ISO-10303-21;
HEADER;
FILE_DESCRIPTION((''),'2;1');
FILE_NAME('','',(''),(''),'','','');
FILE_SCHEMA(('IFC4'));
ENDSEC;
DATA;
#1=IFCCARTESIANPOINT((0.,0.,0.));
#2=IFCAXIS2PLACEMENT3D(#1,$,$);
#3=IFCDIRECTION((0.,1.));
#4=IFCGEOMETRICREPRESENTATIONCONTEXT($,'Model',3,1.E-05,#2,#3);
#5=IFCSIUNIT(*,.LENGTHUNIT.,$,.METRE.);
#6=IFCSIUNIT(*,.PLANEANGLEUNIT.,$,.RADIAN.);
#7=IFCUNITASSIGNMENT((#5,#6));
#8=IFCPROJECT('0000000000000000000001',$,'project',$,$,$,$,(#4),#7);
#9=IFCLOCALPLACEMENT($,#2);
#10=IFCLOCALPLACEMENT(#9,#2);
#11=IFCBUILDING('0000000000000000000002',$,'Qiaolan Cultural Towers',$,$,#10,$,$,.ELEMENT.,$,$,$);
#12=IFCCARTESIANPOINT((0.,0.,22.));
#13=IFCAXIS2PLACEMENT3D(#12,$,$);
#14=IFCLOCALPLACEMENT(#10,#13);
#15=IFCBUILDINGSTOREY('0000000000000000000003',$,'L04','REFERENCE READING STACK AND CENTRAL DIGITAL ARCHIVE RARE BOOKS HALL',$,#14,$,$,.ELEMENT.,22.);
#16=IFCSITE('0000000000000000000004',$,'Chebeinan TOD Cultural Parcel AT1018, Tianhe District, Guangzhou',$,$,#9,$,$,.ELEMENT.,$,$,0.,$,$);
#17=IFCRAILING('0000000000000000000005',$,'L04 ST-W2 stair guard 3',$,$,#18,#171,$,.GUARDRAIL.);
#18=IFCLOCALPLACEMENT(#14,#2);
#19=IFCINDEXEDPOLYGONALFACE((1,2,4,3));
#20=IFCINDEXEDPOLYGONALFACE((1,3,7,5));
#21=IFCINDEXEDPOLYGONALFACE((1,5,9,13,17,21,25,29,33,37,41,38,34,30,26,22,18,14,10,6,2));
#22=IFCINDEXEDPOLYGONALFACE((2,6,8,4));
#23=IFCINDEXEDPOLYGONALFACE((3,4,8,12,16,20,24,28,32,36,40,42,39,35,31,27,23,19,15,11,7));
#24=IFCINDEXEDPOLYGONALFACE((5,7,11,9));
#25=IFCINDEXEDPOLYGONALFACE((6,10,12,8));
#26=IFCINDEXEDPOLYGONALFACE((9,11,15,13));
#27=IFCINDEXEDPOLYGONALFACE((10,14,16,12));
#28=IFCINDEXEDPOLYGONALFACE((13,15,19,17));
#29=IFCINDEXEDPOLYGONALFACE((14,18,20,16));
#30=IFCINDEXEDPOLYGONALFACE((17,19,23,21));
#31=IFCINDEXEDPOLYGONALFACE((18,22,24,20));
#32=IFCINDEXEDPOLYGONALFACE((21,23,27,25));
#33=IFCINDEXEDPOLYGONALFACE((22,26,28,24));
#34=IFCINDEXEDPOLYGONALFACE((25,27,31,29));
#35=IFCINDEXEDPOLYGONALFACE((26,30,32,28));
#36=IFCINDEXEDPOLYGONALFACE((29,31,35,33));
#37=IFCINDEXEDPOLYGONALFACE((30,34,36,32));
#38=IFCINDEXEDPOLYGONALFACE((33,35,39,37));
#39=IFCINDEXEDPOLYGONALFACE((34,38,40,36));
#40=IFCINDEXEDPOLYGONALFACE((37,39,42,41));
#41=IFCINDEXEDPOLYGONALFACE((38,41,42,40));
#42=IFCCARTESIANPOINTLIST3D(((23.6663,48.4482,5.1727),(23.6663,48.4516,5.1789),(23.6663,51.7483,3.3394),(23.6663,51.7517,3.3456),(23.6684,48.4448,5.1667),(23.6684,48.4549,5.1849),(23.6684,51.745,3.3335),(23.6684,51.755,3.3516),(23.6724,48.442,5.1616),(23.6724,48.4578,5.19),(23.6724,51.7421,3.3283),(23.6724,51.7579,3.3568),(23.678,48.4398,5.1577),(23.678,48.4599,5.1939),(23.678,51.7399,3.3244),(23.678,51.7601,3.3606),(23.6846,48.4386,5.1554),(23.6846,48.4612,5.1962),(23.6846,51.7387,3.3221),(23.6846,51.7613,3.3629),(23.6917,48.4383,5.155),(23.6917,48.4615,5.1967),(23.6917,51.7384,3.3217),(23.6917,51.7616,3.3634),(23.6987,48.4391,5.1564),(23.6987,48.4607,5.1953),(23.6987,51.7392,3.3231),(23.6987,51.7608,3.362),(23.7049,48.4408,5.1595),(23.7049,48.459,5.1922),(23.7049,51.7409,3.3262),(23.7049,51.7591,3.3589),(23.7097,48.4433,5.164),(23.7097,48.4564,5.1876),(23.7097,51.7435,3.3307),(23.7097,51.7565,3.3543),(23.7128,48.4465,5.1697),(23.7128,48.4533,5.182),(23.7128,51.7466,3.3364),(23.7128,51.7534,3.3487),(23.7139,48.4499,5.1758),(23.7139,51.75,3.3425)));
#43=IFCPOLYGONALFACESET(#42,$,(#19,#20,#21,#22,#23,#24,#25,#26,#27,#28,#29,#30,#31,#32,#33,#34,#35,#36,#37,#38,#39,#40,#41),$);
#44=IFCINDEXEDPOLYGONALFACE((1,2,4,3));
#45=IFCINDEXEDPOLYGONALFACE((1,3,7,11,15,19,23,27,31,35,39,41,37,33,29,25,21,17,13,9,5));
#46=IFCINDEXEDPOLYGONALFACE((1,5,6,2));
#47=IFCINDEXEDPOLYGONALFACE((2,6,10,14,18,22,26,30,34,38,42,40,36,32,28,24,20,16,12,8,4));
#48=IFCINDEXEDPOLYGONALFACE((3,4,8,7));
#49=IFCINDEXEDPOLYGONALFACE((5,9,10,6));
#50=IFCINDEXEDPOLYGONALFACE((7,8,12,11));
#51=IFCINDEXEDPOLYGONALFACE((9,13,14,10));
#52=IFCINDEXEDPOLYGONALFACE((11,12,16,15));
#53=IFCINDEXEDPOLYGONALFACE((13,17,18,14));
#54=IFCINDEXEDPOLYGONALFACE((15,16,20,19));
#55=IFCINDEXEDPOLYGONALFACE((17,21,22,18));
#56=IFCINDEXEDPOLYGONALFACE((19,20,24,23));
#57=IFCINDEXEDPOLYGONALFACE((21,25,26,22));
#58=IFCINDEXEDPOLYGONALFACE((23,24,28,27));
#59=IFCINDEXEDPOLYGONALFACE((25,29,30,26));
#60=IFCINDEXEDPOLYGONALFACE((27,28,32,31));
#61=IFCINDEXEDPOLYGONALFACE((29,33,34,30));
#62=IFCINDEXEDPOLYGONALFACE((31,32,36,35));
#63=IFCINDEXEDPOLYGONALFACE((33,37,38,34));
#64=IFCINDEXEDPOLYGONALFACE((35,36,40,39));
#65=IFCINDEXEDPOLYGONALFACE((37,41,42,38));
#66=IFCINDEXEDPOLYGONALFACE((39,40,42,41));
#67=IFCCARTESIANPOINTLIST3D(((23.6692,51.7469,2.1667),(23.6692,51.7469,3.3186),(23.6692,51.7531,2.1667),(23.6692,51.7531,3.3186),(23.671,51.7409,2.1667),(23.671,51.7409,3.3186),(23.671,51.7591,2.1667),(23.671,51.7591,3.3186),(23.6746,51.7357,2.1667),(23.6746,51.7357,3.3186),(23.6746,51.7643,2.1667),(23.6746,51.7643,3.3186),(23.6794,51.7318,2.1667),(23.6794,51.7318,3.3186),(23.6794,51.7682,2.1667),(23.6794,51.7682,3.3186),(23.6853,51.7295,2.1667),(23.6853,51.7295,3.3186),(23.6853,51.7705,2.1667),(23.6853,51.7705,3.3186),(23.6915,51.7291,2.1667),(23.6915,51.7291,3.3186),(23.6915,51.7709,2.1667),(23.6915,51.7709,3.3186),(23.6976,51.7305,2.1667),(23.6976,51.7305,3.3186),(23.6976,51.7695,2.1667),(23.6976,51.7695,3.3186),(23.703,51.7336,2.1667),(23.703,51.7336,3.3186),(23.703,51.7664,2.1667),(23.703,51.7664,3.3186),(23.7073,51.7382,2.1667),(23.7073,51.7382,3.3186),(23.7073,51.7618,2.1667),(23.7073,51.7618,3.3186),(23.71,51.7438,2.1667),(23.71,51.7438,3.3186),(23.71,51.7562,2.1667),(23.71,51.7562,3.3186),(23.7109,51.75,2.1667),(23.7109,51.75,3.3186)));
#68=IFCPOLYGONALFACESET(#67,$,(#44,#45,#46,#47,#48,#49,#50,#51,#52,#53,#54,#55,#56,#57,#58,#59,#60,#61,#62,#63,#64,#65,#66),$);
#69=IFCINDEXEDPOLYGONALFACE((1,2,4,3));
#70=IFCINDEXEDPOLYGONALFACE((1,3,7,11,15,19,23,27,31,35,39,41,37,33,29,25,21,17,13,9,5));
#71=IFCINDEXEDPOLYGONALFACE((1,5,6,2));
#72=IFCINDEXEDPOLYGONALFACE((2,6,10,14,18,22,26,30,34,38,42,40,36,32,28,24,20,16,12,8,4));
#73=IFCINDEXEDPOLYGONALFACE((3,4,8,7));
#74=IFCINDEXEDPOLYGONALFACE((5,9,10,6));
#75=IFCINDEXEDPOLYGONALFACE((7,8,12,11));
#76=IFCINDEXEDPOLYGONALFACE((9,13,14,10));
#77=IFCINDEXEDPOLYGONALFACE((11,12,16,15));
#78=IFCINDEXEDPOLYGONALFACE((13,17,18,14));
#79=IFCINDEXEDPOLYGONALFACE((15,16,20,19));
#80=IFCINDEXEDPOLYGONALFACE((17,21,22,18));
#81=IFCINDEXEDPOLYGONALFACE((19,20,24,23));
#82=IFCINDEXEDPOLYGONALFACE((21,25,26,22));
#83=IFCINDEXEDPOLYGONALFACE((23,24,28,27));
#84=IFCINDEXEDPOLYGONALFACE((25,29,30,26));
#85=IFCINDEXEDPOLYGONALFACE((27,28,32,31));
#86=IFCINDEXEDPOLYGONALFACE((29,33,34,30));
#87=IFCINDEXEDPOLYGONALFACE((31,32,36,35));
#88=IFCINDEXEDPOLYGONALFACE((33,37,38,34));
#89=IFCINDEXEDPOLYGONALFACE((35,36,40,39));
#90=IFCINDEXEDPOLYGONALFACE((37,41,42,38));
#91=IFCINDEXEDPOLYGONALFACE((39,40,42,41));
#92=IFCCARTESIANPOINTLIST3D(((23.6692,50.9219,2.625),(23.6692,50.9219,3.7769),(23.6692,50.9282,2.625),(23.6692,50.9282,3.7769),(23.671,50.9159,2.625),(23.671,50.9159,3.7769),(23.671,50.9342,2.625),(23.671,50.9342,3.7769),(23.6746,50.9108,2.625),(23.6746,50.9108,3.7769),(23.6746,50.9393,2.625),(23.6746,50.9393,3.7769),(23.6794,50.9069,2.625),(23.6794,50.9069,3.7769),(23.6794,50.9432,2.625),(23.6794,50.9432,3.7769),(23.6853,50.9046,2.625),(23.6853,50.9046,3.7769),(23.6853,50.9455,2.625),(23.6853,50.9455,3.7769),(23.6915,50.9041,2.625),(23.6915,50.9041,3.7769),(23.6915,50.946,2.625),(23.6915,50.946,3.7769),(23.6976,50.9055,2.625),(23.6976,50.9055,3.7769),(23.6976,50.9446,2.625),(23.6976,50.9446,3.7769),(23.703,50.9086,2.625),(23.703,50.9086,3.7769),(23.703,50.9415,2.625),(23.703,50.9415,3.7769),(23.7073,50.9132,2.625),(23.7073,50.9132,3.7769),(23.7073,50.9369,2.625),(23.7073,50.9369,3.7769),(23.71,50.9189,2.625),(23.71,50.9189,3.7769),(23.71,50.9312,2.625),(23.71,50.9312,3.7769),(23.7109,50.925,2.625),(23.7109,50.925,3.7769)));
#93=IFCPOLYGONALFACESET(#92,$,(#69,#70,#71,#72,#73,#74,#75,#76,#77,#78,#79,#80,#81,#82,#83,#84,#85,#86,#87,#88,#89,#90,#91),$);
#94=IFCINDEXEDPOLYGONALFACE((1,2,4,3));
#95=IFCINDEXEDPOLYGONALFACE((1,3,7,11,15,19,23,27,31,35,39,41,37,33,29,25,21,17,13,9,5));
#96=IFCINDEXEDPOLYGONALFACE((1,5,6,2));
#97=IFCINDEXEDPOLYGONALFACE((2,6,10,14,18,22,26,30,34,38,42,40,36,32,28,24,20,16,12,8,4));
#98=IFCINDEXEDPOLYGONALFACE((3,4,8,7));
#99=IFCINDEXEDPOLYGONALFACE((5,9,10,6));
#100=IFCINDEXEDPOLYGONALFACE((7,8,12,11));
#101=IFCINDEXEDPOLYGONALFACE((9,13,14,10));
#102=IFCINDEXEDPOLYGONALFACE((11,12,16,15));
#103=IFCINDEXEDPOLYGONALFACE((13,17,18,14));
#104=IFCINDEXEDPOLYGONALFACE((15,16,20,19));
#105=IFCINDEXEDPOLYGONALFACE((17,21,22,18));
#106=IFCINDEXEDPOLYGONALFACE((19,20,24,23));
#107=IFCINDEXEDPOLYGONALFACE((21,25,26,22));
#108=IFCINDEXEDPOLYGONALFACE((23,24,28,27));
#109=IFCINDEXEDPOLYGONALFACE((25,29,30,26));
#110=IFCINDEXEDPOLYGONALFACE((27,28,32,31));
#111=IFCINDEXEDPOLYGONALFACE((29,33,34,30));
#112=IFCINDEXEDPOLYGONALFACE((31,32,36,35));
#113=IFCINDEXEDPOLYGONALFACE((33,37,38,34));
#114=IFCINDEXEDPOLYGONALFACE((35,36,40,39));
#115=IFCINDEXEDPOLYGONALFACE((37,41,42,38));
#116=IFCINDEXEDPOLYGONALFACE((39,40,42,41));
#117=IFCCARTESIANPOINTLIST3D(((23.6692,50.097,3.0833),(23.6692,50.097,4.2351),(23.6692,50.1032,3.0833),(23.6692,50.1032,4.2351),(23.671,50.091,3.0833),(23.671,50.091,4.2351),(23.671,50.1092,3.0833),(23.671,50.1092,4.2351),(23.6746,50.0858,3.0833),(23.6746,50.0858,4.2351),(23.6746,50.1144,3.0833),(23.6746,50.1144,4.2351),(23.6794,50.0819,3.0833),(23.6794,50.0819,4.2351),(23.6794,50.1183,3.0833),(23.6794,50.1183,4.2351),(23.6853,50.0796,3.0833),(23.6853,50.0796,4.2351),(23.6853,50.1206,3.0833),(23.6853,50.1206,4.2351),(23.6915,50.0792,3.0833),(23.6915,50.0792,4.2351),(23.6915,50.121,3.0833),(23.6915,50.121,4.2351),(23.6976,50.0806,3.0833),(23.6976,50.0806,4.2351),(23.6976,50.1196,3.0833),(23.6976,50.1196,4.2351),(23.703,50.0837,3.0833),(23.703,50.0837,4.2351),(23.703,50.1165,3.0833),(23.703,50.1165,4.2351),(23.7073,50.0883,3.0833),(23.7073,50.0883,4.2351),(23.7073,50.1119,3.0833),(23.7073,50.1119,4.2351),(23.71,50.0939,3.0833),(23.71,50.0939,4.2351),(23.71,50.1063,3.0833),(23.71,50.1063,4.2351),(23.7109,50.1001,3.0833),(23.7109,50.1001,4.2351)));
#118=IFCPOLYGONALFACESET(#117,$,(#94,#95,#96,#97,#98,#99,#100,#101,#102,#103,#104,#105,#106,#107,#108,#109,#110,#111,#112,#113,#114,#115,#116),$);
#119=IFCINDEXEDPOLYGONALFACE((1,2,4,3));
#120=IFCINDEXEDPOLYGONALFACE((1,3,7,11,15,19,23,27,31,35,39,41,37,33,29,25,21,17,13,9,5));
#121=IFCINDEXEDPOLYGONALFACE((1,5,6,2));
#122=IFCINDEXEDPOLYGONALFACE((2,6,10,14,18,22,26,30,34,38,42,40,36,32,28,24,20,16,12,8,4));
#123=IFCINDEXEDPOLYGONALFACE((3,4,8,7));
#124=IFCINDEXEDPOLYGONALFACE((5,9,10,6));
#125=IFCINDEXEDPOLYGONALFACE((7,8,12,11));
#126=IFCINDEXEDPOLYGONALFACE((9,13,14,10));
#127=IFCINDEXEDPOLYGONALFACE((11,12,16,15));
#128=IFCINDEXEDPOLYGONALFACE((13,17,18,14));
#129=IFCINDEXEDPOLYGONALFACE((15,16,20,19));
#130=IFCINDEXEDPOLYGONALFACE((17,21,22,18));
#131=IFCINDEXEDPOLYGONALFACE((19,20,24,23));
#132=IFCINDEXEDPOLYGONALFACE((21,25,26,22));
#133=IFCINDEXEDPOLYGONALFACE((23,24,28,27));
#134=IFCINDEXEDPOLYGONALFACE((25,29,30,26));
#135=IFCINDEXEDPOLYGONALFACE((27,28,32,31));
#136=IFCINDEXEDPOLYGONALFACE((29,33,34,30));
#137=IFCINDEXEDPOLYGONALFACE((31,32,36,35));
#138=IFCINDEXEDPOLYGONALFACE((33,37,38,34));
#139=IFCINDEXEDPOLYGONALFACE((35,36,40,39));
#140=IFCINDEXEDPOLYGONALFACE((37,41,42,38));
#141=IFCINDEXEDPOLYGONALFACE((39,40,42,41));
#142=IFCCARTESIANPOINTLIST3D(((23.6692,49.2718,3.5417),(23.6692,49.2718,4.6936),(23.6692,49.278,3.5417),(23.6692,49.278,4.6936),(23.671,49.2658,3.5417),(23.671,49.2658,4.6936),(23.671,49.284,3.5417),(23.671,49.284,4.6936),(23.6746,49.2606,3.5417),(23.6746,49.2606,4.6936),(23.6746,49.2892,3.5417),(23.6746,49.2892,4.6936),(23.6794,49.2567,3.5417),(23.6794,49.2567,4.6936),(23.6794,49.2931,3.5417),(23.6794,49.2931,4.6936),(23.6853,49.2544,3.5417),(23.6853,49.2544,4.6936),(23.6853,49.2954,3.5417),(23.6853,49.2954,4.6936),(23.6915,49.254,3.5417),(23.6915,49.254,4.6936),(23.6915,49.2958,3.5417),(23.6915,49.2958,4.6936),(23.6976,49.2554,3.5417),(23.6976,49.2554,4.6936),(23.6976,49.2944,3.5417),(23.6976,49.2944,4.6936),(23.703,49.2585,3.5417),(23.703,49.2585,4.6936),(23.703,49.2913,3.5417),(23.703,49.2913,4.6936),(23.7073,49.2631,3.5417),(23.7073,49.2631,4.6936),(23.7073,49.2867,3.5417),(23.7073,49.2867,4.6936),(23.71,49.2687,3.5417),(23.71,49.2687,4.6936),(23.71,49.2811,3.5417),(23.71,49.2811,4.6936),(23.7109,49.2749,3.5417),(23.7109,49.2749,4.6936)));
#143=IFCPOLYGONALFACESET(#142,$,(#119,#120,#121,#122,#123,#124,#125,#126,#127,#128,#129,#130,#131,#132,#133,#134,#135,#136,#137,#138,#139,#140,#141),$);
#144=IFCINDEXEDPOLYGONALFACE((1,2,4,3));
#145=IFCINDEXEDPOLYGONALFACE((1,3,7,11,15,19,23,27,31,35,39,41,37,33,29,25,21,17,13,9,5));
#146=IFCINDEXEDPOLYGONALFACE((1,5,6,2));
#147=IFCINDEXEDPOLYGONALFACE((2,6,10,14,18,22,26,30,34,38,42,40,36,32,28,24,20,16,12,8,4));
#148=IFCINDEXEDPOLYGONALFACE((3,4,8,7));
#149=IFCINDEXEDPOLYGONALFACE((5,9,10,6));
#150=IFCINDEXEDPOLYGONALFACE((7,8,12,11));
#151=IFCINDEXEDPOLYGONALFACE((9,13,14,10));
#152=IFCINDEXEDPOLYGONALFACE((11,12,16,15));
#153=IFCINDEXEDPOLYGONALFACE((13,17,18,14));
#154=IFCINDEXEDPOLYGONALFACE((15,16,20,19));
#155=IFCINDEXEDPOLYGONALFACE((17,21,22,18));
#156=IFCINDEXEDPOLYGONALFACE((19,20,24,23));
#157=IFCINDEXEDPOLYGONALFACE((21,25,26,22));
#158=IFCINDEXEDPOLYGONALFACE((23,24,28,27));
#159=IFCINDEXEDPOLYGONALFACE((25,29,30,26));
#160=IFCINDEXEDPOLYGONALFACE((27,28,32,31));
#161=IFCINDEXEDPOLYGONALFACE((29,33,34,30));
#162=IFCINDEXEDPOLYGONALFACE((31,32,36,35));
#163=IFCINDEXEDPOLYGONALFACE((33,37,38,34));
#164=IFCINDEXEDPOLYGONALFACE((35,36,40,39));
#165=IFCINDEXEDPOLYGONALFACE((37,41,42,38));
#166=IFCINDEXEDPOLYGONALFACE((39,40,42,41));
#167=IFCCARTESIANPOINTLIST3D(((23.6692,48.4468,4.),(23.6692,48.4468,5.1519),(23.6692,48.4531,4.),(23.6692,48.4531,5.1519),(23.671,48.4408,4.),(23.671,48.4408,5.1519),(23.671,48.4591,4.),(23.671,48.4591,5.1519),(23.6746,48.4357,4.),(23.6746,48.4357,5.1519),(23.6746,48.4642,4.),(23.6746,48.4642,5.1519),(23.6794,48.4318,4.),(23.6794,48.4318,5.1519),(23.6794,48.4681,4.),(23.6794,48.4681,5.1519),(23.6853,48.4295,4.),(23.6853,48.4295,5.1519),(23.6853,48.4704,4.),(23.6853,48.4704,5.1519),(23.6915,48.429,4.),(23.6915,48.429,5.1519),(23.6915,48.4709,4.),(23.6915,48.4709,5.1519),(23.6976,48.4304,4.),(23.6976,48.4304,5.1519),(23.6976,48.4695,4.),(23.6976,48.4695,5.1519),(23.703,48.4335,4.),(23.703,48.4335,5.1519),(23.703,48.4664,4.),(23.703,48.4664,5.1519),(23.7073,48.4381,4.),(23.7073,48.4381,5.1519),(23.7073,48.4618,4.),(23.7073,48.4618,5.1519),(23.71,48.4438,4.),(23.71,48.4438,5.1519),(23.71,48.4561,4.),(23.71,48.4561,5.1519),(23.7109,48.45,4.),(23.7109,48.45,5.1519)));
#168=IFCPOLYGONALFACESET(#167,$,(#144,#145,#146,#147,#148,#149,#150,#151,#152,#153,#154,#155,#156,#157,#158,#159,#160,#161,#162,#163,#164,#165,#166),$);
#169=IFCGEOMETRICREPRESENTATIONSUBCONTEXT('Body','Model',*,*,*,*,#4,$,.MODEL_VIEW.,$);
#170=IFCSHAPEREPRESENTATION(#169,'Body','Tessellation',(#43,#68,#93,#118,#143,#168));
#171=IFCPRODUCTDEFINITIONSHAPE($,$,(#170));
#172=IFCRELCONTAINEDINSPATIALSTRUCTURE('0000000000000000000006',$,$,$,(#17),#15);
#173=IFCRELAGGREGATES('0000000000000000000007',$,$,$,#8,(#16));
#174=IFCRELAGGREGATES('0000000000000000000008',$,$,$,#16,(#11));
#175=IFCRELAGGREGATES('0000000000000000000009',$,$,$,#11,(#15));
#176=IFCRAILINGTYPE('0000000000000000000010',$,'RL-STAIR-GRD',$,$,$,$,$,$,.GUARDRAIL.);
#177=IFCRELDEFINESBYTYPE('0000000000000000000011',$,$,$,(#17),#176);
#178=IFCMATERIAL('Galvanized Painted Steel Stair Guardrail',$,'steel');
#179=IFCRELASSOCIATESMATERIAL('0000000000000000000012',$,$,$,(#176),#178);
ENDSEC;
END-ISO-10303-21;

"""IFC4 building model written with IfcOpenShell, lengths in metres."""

from ifc_helpers import new_model, si_unit, direction, frame, origin, origin_2d, place, context, subcontext, project, spatial, circle, extrude, material, type_object, element, save


model = new_model("IFC4")

# Units and contexts
model_context = context("Model", 3, precision=1e-05, world=origin(), true_north=direction((0.0, 1.0)))
body_context = subcontext(model_context, "Body", "Model", "MODEL_VIEW")
ifc_project = project(units=[si_unit("LENGTHUNIT", "METRE"), si_unit("PLANEANGLEUNIT", "RADIAN")], contexts=[model_context])

# Site, building, storey
site_placement = place(None, origin())
site = spatial("IfcSite", under=ifc_project, at=site_placement, Name="Chebeinan TOD Cultural Parcel AT1018, Tianhe District, Guangzhou", CompositionType="ELEMENT", RefElevation=0.0)
building_placement = place(site_placement, origin())
building = spatial("IfcBuilding", under=site, at=building_placement, Name="Qiaolan Cultural Towers", CompositionType="ELEMENT")
storey_placement = place(building_placement, frame((0.0, 0.0, 22.0)))
storey = spatial("IfcBuildingStorey", under=building, at=storey_placement, Name="L04", Description="REFERENCE READING STACK AND CENTRAL DIGITAL ARCHIVE RARE BOOKS HALL", CompositionType="ELEMENT", Elevation=22.0)

# Railing
ifc_material_1 = material(Name="Galvanized Painted Steel Stair Guardrail", Category="steel")
railing_type_1 = type_object("IfcRailingType", Name="RL-STAIR-GRD", PredefinedType="GUARDRAIL", material=ifc_material_1)
railing_1_placement = place(storey_placement, frame((23.6899, 51.75, 2.1667)))
element("IfcRailing", 1, at=railing_1_placement, inside=storey, type_object=railing_type_1, Name="L04 ST-W2 stair guard 3", PredefinedType="GUARDRAIL", context=body_context, shape_type="SweptSolid", body=[
    extrude(circle(Radius=0.0239, at=origin_2d()), frame((0.0, 0.0, 1.1758), z_axis=(0.0, -0.874169, 0.485621), x_axis=(1.0, 0.0, 0.0)), (0.0, 0.0, 1.0), 3.7751),
    extrude(circle(Radius=0.021, at=origin_2d()), origin(), (0.0, 0.0, 1.0), 1.1519),
    extrude(circle(Radius=0.021, at=origin_2d()), frame((0.0, -0.825, 0.4583)), (0.0, 0.0, 1.0), 1.1519),
    extrude(circle(Radius=0.021, at=origin_2d()), frame((0.0, -1.6499, 0.9165)), (0.0, 0.0, 1.0), 1.1519),
    extrude(circle(Radius=0.021, at=origin_2d()), frame((0.0, -2.4751, 1.375)), (0.0, 0.0, 1.0), 1.1519),
    extrude(circle(Radius=0.021, at=origin_2d()), frame((0.0, -3.3, 1.8333)), (0.0, 0.0, 1.0), 1.1519),
])

save(model, "model.ifc")
